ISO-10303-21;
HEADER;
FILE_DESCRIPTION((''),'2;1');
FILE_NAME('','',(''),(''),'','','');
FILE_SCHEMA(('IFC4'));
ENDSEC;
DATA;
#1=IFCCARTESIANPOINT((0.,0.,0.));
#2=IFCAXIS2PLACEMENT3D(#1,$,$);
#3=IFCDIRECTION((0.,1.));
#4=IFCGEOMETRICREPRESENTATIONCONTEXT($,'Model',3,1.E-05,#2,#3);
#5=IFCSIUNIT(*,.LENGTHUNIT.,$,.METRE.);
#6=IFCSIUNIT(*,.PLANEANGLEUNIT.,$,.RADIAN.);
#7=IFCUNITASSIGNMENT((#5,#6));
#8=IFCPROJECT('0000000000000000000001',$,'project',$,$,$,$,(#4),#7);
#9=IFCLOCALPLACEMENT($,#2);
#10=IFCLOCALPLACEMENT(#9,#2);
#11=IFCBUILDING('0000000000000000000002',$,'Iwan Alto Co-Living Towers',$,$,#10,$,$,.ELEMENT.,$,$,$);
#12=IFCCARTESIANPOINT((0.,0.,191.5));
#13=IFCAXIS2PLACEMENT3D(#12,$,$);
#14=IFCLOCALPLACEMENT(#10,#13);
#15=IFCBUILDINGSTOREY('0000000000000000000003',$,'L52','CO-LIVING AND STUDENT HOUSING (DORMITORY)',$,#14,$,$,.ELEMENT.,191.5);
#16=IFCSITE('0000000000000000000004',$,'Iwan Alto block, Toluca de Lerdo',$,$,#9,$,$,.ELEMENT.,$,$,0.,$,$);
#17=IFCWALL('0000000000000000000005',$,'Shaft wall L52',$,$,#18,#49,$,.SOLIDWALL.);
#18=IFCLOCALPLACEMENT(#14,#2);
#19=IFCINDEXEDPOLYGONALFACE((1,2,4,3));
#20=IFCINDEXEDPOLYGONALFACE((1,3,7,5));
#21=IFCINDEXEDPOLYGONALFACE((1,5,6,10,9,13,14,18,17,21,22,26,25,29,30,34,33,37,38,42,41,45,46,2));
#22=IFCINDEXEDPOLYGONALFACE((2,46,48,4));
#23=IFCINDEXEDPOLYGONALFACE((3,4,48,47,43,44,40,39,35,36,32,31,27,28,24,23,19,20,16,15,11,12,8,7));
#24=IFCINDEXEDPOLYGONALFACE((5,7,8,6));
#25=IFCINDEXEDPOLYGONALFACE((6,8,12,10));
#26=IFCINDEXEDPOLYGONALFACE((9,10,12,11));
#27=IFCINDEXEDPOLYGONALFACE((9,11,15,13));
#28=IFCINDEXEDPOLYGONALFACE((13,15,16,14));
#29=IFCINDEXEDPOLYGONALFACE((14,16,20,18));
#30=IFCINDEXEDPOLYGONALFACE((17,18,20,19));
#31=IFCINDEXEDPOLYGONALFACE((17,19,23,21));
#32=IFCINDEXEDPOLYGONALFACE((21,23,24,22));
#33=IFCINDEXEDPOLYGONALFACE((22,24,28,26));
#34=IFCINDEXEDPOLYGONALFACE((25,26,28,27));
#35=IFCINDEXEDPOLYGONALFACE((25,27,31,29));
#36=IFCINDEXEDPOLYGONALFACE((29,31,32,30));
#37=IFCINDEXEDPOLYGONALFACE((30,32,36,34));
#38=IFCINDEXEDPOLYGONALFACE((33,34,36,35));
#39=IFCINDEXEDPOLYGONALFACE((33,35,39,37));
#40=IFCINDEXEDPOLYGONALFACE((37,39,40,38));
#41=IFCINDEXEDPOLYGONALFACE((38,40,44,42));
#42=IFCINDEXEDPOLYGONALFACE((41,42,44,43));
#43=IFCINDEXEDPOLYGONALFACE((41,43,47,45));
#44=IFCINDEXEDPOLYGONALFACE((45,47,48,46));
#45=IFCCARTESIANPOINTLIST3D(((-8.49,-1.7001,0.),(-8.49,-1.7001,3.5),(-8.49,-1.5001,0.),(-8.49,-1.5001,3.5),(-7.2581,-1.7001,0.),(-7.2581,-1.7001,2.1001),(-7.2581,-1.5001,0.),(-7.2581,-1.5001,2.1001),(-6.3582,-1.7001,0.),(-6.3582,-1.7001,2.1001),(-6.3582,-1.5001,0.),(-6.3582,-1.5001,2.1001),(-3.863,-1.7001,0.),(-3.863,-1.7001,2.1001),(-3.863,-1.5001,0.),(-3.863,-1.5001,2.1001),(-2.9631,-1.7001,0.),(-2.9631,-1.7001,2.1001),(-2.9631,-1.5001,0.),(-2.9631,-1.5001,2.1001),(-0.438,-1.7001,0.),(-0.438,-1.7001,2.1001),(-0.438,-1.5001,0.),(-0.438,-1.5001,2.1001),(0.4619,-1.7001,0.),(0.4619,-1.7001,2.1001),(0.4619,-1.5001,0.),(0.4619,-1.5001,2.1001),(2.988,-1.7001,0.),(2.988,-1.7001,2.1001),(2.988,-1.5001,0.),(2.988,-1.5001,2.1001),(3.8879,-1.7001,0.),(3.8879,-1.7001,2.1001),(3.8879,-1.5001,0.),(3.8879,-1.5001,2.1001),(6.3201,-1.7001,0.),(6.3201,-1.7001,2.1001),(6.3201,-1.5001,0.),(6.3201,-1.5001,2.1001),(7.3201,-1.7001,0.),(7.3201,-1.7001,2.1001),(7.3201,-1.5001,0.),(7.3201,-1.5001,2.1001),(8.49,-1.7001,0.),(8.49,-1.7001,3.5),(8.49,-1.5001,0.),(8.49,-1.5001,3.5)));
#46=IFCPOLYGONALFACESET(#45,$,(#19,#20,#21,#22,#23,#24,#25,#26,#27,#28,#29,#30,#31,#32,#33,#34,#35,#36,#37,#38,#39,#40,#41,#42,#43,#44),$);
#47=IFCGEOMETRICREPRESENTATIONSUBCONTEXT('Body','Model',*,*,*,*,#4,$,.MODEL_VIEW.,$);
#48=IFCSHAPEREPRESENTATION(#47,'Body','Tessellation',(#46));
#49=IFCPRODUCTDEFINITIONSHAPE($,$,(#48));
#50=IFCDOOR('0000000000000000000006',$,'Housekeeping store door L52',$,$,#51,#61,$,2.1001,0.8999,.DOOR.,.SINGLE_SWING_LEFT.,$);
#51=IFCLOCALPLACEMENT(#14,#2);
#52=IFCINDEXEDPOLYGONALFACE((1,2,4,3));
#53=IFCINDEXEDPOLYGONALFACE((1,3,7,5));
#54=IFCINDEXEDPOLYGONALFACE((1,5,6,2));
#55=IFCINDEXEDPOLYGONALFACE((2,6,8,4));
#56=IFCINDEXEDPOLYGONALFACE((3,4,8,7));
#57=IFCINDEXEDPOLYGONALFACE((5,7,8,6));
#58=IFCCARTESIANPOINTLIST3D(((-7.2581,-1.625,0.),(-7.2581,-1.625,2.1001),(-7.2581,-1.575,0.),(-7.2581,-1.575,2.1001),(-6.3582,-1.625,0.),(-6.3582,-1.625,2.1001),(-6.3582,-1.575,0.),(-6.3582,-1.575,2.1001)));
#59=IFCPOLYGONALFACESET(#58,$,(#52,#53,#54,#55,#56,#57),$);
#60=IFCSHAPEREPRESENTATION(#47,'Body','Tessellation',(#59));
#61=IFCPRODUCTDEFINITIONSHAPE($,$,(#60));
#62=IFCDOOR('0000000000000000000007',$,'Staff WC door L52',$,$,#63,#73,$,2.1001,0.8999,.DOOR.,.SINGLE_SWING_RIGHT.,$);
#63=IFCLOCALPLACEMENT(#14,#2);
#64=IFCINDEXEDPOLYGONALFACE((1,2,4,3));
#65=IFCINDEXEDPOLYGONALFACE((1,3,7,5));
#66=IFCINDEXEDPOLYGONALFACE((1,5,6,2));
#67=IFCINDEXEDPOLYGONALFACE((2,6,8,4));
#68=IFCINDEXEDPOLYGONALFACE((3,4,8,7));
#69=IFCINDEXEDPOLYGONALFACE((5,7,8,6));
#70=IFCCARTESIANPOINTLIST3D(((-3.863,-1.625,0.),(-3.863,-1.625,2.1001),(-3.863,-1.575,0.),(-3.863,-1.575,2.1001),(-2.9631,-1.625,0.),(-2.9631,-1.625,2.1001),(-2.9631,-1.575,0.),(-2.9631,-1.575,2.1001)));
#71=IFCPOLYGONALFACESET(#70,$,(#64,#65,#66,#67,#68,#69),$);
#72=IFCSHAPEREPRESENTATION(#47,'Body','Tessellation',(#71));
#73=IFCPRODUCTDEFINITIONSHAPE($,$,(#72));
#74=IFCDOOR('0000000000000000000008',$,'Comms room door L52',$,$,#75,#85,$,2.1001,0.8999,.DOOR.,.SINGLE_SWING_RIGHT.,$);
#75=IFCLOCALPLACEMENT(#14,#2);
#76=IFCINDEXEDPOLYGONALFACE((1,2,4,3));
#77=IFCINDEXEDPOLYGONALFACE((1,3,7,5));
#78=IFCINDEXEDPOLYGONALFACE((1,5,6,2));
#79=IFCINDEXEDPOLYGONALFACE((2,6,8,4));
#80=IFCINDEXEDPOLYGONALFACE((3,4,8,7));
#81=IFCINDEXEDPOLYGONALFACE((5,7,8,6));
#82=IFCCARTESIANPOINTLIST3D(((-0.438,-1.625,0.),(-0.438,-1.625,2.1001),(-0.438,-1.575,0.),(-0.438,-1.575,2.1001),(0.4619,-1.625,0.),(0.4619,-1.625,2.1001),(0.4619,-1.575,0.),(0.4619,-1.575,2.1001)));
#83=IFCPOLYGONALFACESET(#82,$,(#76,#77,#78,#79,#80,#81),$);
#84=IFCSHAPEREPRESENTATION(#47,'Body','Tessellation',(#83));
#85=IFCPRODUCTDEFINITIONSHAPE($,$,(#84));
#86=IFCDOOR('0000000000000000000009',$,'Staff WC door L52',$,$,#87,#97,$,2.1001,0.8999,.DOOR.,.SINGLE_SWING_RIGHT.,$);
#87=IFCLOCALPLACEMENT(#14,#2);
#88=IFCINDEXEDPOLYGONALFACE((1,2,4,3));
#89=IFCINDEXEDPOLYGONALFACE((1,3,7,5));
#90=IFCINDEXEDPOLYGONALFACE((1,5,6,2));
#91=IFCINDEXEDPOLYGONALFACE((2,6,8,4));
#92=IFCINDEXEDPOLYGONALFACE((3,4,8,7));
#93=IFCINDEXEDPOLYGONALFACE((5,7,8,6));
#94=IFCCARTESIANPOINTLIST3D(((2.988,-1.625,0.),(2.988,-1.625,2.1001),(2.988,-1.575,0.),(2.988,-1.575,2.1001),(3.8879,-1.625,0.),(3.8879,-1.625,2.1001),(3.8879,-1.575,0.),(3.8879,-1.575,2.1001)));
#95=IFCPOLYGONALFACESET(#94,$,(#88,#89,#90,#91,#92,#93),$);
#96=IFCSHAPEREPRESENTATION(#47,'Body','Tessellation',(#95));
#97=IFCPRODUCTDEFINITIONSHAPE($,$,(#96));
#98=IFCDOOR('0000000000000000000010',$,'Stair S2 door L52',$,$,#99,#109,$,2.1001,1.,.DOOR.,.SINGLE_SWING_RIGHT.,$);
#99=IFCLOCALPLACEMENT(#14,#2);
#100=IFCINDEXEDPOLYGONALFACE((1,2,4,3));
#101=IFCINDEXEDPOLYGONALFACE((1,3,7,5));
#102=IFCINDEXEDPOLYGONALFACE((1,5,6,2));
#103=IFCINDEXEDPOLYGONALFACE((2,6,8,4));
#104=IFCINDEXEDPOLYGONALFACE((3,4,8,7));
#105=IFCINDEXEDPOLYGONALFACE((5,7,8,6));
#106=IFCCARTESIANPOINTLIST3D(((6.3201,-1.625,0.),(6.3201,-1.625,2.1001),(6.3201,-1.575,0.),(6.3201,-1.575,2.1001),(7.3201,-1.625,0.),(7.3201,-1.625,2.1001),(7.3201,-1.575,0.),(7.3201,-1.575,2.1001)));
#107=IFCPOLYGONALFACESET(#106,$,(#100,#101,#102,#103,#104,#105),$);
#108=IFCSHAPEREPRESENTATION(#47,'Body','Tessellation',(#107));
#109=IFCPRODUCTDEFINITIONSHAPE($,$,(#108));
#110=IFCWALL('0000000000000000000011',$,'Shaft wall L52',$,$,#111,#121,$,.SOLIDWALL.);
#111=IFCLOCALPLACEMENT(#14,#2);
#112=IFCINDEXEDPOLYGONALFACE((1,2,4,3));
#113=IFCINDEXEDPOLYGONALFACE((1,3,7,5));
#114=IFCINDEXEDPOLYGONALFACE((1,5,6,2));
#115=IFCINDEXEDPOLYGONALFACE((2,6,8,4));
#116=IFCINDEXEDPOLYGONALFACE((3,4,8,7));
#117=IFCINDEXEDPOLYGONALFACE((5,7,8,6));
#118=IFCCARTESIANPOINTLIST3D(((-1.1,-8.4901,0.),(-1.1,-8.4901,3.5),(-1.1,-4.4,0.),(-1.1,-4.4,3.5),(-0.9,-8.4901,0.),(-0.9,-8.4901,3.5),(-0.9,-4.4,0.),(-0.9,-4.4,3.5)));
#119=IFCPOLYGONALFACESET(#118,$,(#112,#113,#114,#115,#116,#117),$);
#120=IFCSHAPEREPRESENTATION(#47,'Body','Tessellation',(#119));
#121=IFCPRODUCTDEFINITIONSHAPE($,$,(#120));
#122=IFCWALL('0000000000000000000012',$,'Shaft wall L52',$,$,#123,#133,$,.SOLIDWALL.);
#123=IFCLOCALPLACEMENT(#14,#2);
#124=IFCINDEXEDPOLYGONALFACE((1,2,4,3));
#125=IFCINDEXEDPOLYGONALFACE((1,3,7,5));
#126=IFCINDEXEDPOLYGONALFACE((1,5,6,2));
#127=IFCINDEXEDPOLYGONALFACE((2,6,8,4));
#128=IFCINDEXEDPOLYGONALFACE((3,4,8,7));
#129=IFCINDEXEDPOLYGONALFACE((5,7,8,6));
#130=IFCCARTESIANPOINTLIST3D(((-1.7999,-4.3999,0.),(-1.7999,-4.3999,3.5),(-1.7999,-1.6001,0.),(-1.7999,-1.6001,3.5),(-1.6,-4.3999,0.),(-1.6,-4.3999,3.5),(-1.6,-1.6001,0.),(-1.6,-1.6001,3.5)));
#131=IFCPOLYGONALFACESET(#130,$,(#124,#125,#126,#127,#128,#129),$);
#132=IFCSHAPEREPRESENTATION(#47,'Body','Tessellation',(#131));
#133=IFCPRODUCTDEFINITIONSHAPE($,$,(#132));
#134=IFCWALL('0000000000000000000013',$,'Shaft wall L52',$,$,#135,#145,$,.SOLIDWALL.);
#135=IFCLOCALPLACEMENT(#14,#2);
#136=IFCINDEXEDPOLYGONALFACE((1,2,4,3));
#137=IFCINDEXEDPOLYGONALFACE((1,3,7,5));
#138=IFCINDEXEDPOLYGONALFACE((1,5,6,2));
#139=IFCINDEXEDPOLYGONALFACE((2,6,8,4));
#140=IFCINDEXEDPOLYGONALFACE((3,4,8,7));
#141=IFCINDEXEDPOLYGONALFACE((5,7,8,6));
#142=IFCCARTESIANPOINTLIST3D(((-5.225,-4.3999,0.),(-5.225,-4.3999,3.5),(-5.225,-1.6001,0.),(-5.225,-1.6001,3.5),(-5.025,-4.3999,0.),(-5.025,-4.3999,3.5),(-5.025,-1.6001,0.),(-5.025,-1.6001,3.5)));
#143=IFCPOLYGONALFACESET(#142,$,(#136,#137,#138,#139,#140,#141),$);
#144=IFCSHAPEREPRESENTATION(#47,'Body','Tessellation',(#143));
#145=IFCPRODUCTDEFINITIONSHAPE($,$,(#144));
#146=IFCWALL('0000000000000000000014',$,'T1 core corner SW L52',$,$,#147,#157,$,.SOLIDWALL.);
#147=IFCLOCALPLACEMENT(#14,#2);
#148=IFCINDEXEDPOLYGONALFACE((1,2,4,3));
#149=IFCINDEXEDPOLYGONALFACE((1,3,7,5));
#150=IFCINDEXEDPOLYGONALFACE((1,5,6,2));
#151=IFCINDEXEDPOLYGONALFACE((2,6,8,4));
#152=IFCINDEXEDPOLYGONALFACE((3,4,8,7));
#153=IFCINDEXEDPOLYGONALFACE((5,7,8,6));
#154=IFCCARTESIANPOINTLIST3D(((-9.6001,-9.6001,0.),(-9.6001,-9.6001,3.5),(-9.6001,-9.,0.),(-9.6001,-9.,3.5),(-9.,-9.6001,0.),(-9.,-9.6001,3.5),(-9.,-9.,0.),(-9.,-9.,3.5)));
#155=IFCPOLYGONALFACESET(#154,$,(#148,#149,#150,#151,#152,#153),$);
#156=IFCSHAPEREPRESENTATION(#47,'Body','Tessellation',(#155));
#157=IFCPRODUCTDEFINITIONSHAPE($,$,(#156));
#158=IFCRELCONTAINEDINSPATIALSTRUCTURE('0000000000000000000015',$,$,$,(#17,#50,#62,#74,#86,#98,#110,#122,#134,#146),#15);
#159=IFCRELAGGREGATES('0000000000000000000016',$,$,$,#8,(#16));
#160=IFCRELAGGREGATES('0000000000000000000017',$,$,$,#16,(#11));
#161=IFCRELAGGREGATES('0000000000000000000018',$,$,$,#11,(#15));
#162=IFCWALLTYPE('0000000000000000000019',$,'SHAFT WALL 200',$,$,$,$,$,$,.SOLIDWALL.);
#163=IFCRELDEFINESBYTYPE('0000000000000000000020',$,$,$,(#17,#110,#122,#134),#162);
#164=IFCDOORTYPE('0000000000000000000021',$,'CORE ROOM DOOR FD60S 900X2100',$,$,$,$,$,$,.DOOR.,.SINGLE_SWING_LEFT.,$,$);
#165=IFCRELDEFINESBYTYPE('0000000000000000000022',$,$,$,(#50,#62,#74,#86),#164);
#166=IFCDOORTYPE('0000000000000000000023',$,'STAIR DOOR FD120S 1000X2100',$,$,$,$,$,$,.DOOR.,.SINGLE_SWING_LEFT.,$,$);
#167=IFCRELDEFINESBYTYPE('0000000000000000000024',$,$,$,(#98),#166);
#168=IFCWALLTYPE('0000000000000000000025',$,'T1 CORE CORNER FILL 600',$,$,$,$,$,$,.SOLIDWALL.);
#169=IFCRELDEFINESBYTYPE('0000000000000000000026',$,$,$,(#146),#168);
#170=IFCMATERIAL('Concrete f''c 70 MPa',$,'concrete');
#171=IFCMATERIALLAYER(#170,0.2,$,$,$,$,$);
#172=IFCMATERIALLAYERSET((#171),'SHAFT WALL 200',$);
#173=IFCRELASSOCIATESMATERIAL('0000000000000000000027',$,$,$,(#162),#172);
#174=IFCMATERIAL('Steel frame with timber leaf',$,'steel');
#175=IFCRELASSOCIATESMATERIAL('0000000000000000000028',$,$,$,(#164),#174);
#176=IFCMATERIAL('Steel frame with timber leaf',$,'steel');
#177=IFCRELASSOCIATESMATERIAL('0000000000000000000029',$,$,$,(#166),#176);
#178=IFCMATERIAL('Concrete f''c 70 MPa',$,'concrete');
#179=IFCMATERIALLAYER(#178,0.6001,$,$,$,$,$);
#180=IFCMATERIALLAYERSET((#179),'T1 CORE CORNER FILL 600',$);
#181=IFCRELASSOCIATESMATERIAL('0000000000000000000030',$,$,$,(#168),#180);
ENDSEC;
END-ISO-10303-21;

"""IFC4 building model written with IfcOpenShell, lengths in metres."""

from ifc_helpers import new_model, si_unit, direction, frame, frame_2d, origin, place, context, subcontext, project, spatial, rectangle, extrude, material, layer, layer_set, type_object, element, fill, save


model = new_model("IFC4")

# Units and contexts
model_context = context("Model", 3, precision=1e-05, world=origin(), true_north=direction((0.0, 1.0)))
body_context = subcontext(model_context, "Body", "Model", "MODEL_VIEW")
ifc_project = project(units=[si_unit("LENGTHUNIT", "METRE"), si_unit("PLANEANGLEUNIT", "RADIAN")], contexts=[model_context])

# Site, building, storey
site_placement = place(None, origin())
site = spatial("IfcSite", under=ifc_project, at=site_placement, Name="Iwan Alto block, Toluca de Lerdo", CompositionType="ELEMENT", RefElevation=0.0)
building_placement = place(site_placement, origin())
building = spatial("IfcBuilding", under=site, at=building_placement, Name="Iwan Alto Co-Living Towers", CompositionType="ELEMENT")
storey_placement = place(building_placement, frame((0.0, 0.0, 191.5)))
storey = spatial("IfcBuildingStorey", under=building, at=storey_placement, Name="L52", Description="CO-LIVING AND STUDENT HOUSING (DORMITORY)", CompositionType="ELEMENT", Elevation=191.5)

# Shared definitions
ifc_material_1 = material(Name="Concrete f'c 70 MPa", Category="concrete")
ifc_layer_1 = layer(ifc_material_1, 0.2)
ifc_layer_set_1 = layer_set([ifc_layer_1], Name="SHAFT WALL 200")
wall_type_1 = type_object("IfcWallType", Name="SHAFT WALL 200", PredefinedType="SOLIDWALL", material=ifc_layer_set_1)

# Wall, openings, doors
wall_1_placement = place(storey_placement, frame((-8.49, -1.6001, 0.0), z_axis=(0.0, 0.0, 1.0), x_axis=(1.0, 0.0, 0.0)))
wall_1 = element("IfcWall", 1, at=wall_1_placement, inside=storey, type_object=wall_type_1, Name="Shaft wall L52", PredefinedType="SOLIDWALL", context=body_context, shape_type="SweptSolid", body=[
    extrude(rectangle(XDim=16.98, YDim=0.2, at=frame_2d((8.49, 0.0))), origin(), (0.0, 0.0, 1.0), 3.5),
])
opening_1_placement = place(wall_1_placement, frame((14.8101, 0.0, 0.0)))
opening_1 = element("IfcOpeningElement", 2, at=opening_1_placement, cuts=wall_1, PredefinedType="OPENING", context=body_context, shape_type="SweptSolid", body=[
    extrude(rectangle(XDim=1.0, YDim=2.1001, at=frame_2d((0.5, 1.05))), frame((0.0, 0.1099, 0.0), z_axis=(0.0, -1.0, 0.0), x_axis=(1.0, 0.0, 0.0)), (0.0, 0.0, 1.0), 0.22),
])
opening_2_placement = place(wall_1_placement, frame((1.2319, 0.0, 0.0)))
opening_2 = element("IfcOpeningElement", 3, at=opening_2_placement, cuts=wall_1, PredefinedType="OPENING", context=body_context, shape_type="SweptSolid", body=[
    extrude(rectangle(XDim=0.8999, YDim=2.1001, at=frame_2d((0.45, 1.05))), frame((0.0, 0.1099, 0.0), z_axis=(0.0, -1.0, 0.0), x_axis=(1.0, 0.0, 0.0)), (0.0, 0.0, 1.0), 0.22),
])
opening_3_placement = place(wall_1_placement, frame((4.627, 0.0, 0.0)))
opening_3 = element("IfcOpeningElement", 4, at=opening_3_placement, cuts=wall_1, PredefinedType="OPENING", context=body_context, shape_type="SweptSolid", body=[
    extrude(rectangle(XDim=0.8999, YDim=2.1001, at=frame_2d((0.45, 1.05))), frame((0.0, 0.1099, 0.0), z_axis=(0.0, -1.0, 0.0), x_axis=(1.0, 0.0, 0.0)), (0.0, 0.0, 1.0), 0.22),
])
opening_4_placement = place(wall_1_placement, frame((8.052, 0.0, 0.0)))
opening_4 = element("IfcOpeningElement", 5, at=opening_4_placement, cuts=wall_1, PredefinedType="OPENING", context=body_context, shape_type="SweptSolid", body=[
    extrude(rectangle(XDim=0.8999, YDim=2.1001, at=frame_2d((0.45, 1.05))), frame((0.0, 0.1099, 0.0), z_axis=(0.0, -1.0, 0.0), x_axis=(1.0, 0.0, 0.0)), (0.0, 0.0, 1.0), 0.22),
])
opening_5_placement = place(wall_1_placement, frame((11.478, 0.0, 0.0)))
opening_5 = element("IfcOpeningElement", 6, at=opening_5_placement, cuts=wall_1, PredefinedType="OPENING", context=body_context, shape_type="SweptSolid", body=[
    extrude(rectangle(XDim=0.8999, YDim=2.1001, at=frame_2d((0.45, 1.05))), frame((0.0, 0.1099, 0.0), z_axis=(0.0, -1.0, 0.0), x_axis=(1.0, 0.0, 0.0)), (0.0, 0.0, 1.0), 0.22),
])
ifc_material_2 = material(Name="Steel frame with timber leaf", Category="steel")
door_type_1 = type_object("IfcDoorType", Name="CORE ROOM DOOR FD60S 900X2100", OperationType="SINGLE_SWING_LEFT", PredefinedType="DOOR", material=ifc_material_2)
door_1_placement = place(opening_2_placement, frame((0.8999, 0.0, 0.0), z_axis=(0.0, 0.0, 1.0), x_axis=(-1.0, 0.0, 0.0)))
door_1 = element("IfcDoor", 7, at=door_1_placement, inside=storey, type_object=door_type_1, Name="Housekeeping store door L52", OperationType="SINGLE_SWING_LEFT", OverallHeight=2.1001, OverallWidth=0.8999, PredefinedType="DOOR", context=body_context, shape_type="SweptSolid", body=[
    extrude(rectangle(XDim=0.8999, YDim=2.1001, at=frame_2d((0.45, 1.05))), frame((0.0, 0.0249, 0.0), z_axis=(0.0, -1.0, 0.0), x_axis=(1.0, 0.0, 0.0)), (0.0, 0.0, 1.0), 0.05),
])
fill(opening_2, door_1)
door_2_placement = place(opening_3_placement, frame((0.8999, 0.0, 0.0), z_axis=(0.0, 0.0, 1.0), x_axis=(-1.0, 0.0, 0.0)))
door_2 = element("IfcDoor", 8, at=door_2_placement, inside=storey, type_object=door_type_1, Name="Staff WC door L52", OperationType="SINGLE_SWING_RIGHT", OverallHeight=2.1001, OverallWidth=0.8999, PredefinedType="DOOR", context=body_context, shape_type="SweptSolid", body=[
    extrude(rectangle(XDim=0.8999, YDim=2.1001, at=frame_2d((0.45, 1.05))), frame((0.0, 0.0249, 0.0), z_axis=(0.0, -1.0, 0.0), x_axis=(1.0, 0.0, 0.0)), (0.0, 0.0, 1.0), 0.05),
])
fill(opening_3, door_2)
door_3_placement = place(opening_4_placement, frame((0.8999, 0.0, 0.0), z_axis=(0.0, 0.0, 1.0), x_axis=(-1.0, 0.0, 0.0)))
door_3 = element("IfcDoor", 9, at=door_3_placement, inside=storey, type_object=door_type_1, Name="Comms room door L52", OperationType="SINGLE_SWING_RIGHT", OverallHeight=2.1001, OverallWidth=0.8999, PredefinedType="DOOR", context=body_context, shape_type="SweptSolid", body=[
    extrude(rectangle(XDim=0.8999, YDim=2.1001, at=frame_2d((0.45, 1.05))), frame((0.0, 0.0249, 0.0), z_axis=(0.0, -1.0, 0.0), x_axis=(1.0, 0.0, 0.0)), (0.0, 0.0, 1.0), 0.05),
])
fill(opening_4, door_3)
door_4_placement = place(opening_5_placement, frame((0.8999, 0.0, 0.0), z_axis=(0.0, 0.0, 1.0), x_axis=(-1.0, 0.0, 0.0)))
door_4 = element("IfcDoor", 10, at=door_4_placement, inside=storey, type_object=door_type_1, Name="Staff WC door L52", OperationType="SINGLE_SWING_RIGHT", OverallHeight=2.1001, OverallWidth=0.8999, PredefinedType="DOOR", context=body_context, shape_type="SweptSolid", body=[
    extrude(rectangle(XDim=0.8999, YDim=2.1001, at=frame_2d((0.45, 1.05))), frame((0.0, 0.0249, 0.0), z_axis=(0.0, -1.0, 0.0), x_axis=(1.0, 0.0, 0.0)), (0.0, 0.0, 1.0), 0.05),
])
fill(opening_5, door_4)
ifc_material_3 = material(Name="Steel frame with timber leaf", Category="steel")
door_type_2 = type_object("IfcDoorType", Name="STAIR DOOR FD120S 1000X2100", OperationType="SINGLE_SWING_LEFT", PredefinedType="DOOR", material=ifc_material_3)
door_5_placement = place(opening_1_placement, frame((1.0, 0.0, 0.0), z_axis=(0.0, 0.0, 1.0), x_axis=(-1.0, 0.0, 0.0)))
door_5 = element("IfcDoor", 11, at=door_5_placement, inside=storey, type_object=door_type_2, Name="Stair S2 door L52", OperationType="SINGLE_SWING_RIGHT", OverallHeight=2.1001, OverallWidth=1.0, PredefinedType="DOOR", context=body_context, shape_type="SweptSolid", body=[
    extrude(rectangle(XDim=1.0, YDim=2.1001, at=frame_2d((0.5, 1.05))), frame((0.0, 0.0249, 0.0), z_axis=(0.0, -1.0, 0.0), x_axis=(1.0, 0.0, 0.0)), (0.0, 0.0, 1.0), 0.05),
])
fill(opening_1, door_5)

# Walls
wall_2_placement = place(storey_placement, frame((-1.0, -8.49, 0.0), z_axis=(0.0, 0.0, 1.0), x_axis=(0.0, 1.0, 0.0)))
element("IfcWall", 12, at=wall_2_placement, inside=storey, type_object=wall_type_1, Name="Shaft wall L52", PredefinedType="SOLIDWALL", context=body_context, shape_type="SweptSolid", body=[
    extrude(rectangle(XDim=4.0901, YDim=0.2, at=frame_2d((2.0449, 0.0))), origin(), (0.0, 0.0, 1.0), 3.5),
])
for number, where, z_axis, x_axis, name in (
    (13, (-1.7, -4.3999, 0.0), (0.0, 0.0, 1.0), (0.0, 1.0, 0.0), "Shaft wall L52"),
    (14, (-5.125, -4.3999, 0.0), (0.0, 0.0, 1.0), (0.0, 1.0, 0.0), "Shaft wall L52"),
):
    element("IfcWall", number, at=place(storey_placement, frame(where, z_axis=z_axis, x_axis=x_axis)), inside=storey, type_object=wall_type_1, Name=name, PredefinedType="SOLIDWALL", context=body_context, shape_type="SweptSolid", body=[
        extrude(rectangle(XDim=2.7998, YDim=0.2, at=frame_2d((1.3999, 0.0))), origin(), (0.0, 0.0, 1.0), 3.5),
    ])
ifc_material_4 = material(Name="Concrete f'c 70 MPa", Category="concrete")
ifc_layer_2 = layer(ifc_material_4, 0.6001)
ifc_layer_set_2 = layer_set([ifc_layer_2], Name="T1 CORE CORNER FILL 600")
wall_type_2 = type_object("IfcWallType", Name="T1 CORE CORNER FILL 600", PredefinedType="SOLIDWALL", material=ifc_layer_set_2)
wall_3_placement = place(storey_placement, frame((-9.6001, -9.3, 0.0), z_axis=(0.0, 0.0, 1.0), x_axis=(1.0, 0.0, 0.0)))
element("IfcWall", 15, at=wall_3_placement, inside=storey, type_object=wall_type_2, Name="T1 core corner SW L52", PredefinedType="SOLIDWALL", context=body_context, shape_type="SweptSolid", body=[
    extrude(rectangle(XDim=0.6001, YDim=0.6001, at=frame_2d((0.3, 0.0))), origin(), (0.0, 0.0, 1.0), 3.5),
])

save(model, "model.ifc")
